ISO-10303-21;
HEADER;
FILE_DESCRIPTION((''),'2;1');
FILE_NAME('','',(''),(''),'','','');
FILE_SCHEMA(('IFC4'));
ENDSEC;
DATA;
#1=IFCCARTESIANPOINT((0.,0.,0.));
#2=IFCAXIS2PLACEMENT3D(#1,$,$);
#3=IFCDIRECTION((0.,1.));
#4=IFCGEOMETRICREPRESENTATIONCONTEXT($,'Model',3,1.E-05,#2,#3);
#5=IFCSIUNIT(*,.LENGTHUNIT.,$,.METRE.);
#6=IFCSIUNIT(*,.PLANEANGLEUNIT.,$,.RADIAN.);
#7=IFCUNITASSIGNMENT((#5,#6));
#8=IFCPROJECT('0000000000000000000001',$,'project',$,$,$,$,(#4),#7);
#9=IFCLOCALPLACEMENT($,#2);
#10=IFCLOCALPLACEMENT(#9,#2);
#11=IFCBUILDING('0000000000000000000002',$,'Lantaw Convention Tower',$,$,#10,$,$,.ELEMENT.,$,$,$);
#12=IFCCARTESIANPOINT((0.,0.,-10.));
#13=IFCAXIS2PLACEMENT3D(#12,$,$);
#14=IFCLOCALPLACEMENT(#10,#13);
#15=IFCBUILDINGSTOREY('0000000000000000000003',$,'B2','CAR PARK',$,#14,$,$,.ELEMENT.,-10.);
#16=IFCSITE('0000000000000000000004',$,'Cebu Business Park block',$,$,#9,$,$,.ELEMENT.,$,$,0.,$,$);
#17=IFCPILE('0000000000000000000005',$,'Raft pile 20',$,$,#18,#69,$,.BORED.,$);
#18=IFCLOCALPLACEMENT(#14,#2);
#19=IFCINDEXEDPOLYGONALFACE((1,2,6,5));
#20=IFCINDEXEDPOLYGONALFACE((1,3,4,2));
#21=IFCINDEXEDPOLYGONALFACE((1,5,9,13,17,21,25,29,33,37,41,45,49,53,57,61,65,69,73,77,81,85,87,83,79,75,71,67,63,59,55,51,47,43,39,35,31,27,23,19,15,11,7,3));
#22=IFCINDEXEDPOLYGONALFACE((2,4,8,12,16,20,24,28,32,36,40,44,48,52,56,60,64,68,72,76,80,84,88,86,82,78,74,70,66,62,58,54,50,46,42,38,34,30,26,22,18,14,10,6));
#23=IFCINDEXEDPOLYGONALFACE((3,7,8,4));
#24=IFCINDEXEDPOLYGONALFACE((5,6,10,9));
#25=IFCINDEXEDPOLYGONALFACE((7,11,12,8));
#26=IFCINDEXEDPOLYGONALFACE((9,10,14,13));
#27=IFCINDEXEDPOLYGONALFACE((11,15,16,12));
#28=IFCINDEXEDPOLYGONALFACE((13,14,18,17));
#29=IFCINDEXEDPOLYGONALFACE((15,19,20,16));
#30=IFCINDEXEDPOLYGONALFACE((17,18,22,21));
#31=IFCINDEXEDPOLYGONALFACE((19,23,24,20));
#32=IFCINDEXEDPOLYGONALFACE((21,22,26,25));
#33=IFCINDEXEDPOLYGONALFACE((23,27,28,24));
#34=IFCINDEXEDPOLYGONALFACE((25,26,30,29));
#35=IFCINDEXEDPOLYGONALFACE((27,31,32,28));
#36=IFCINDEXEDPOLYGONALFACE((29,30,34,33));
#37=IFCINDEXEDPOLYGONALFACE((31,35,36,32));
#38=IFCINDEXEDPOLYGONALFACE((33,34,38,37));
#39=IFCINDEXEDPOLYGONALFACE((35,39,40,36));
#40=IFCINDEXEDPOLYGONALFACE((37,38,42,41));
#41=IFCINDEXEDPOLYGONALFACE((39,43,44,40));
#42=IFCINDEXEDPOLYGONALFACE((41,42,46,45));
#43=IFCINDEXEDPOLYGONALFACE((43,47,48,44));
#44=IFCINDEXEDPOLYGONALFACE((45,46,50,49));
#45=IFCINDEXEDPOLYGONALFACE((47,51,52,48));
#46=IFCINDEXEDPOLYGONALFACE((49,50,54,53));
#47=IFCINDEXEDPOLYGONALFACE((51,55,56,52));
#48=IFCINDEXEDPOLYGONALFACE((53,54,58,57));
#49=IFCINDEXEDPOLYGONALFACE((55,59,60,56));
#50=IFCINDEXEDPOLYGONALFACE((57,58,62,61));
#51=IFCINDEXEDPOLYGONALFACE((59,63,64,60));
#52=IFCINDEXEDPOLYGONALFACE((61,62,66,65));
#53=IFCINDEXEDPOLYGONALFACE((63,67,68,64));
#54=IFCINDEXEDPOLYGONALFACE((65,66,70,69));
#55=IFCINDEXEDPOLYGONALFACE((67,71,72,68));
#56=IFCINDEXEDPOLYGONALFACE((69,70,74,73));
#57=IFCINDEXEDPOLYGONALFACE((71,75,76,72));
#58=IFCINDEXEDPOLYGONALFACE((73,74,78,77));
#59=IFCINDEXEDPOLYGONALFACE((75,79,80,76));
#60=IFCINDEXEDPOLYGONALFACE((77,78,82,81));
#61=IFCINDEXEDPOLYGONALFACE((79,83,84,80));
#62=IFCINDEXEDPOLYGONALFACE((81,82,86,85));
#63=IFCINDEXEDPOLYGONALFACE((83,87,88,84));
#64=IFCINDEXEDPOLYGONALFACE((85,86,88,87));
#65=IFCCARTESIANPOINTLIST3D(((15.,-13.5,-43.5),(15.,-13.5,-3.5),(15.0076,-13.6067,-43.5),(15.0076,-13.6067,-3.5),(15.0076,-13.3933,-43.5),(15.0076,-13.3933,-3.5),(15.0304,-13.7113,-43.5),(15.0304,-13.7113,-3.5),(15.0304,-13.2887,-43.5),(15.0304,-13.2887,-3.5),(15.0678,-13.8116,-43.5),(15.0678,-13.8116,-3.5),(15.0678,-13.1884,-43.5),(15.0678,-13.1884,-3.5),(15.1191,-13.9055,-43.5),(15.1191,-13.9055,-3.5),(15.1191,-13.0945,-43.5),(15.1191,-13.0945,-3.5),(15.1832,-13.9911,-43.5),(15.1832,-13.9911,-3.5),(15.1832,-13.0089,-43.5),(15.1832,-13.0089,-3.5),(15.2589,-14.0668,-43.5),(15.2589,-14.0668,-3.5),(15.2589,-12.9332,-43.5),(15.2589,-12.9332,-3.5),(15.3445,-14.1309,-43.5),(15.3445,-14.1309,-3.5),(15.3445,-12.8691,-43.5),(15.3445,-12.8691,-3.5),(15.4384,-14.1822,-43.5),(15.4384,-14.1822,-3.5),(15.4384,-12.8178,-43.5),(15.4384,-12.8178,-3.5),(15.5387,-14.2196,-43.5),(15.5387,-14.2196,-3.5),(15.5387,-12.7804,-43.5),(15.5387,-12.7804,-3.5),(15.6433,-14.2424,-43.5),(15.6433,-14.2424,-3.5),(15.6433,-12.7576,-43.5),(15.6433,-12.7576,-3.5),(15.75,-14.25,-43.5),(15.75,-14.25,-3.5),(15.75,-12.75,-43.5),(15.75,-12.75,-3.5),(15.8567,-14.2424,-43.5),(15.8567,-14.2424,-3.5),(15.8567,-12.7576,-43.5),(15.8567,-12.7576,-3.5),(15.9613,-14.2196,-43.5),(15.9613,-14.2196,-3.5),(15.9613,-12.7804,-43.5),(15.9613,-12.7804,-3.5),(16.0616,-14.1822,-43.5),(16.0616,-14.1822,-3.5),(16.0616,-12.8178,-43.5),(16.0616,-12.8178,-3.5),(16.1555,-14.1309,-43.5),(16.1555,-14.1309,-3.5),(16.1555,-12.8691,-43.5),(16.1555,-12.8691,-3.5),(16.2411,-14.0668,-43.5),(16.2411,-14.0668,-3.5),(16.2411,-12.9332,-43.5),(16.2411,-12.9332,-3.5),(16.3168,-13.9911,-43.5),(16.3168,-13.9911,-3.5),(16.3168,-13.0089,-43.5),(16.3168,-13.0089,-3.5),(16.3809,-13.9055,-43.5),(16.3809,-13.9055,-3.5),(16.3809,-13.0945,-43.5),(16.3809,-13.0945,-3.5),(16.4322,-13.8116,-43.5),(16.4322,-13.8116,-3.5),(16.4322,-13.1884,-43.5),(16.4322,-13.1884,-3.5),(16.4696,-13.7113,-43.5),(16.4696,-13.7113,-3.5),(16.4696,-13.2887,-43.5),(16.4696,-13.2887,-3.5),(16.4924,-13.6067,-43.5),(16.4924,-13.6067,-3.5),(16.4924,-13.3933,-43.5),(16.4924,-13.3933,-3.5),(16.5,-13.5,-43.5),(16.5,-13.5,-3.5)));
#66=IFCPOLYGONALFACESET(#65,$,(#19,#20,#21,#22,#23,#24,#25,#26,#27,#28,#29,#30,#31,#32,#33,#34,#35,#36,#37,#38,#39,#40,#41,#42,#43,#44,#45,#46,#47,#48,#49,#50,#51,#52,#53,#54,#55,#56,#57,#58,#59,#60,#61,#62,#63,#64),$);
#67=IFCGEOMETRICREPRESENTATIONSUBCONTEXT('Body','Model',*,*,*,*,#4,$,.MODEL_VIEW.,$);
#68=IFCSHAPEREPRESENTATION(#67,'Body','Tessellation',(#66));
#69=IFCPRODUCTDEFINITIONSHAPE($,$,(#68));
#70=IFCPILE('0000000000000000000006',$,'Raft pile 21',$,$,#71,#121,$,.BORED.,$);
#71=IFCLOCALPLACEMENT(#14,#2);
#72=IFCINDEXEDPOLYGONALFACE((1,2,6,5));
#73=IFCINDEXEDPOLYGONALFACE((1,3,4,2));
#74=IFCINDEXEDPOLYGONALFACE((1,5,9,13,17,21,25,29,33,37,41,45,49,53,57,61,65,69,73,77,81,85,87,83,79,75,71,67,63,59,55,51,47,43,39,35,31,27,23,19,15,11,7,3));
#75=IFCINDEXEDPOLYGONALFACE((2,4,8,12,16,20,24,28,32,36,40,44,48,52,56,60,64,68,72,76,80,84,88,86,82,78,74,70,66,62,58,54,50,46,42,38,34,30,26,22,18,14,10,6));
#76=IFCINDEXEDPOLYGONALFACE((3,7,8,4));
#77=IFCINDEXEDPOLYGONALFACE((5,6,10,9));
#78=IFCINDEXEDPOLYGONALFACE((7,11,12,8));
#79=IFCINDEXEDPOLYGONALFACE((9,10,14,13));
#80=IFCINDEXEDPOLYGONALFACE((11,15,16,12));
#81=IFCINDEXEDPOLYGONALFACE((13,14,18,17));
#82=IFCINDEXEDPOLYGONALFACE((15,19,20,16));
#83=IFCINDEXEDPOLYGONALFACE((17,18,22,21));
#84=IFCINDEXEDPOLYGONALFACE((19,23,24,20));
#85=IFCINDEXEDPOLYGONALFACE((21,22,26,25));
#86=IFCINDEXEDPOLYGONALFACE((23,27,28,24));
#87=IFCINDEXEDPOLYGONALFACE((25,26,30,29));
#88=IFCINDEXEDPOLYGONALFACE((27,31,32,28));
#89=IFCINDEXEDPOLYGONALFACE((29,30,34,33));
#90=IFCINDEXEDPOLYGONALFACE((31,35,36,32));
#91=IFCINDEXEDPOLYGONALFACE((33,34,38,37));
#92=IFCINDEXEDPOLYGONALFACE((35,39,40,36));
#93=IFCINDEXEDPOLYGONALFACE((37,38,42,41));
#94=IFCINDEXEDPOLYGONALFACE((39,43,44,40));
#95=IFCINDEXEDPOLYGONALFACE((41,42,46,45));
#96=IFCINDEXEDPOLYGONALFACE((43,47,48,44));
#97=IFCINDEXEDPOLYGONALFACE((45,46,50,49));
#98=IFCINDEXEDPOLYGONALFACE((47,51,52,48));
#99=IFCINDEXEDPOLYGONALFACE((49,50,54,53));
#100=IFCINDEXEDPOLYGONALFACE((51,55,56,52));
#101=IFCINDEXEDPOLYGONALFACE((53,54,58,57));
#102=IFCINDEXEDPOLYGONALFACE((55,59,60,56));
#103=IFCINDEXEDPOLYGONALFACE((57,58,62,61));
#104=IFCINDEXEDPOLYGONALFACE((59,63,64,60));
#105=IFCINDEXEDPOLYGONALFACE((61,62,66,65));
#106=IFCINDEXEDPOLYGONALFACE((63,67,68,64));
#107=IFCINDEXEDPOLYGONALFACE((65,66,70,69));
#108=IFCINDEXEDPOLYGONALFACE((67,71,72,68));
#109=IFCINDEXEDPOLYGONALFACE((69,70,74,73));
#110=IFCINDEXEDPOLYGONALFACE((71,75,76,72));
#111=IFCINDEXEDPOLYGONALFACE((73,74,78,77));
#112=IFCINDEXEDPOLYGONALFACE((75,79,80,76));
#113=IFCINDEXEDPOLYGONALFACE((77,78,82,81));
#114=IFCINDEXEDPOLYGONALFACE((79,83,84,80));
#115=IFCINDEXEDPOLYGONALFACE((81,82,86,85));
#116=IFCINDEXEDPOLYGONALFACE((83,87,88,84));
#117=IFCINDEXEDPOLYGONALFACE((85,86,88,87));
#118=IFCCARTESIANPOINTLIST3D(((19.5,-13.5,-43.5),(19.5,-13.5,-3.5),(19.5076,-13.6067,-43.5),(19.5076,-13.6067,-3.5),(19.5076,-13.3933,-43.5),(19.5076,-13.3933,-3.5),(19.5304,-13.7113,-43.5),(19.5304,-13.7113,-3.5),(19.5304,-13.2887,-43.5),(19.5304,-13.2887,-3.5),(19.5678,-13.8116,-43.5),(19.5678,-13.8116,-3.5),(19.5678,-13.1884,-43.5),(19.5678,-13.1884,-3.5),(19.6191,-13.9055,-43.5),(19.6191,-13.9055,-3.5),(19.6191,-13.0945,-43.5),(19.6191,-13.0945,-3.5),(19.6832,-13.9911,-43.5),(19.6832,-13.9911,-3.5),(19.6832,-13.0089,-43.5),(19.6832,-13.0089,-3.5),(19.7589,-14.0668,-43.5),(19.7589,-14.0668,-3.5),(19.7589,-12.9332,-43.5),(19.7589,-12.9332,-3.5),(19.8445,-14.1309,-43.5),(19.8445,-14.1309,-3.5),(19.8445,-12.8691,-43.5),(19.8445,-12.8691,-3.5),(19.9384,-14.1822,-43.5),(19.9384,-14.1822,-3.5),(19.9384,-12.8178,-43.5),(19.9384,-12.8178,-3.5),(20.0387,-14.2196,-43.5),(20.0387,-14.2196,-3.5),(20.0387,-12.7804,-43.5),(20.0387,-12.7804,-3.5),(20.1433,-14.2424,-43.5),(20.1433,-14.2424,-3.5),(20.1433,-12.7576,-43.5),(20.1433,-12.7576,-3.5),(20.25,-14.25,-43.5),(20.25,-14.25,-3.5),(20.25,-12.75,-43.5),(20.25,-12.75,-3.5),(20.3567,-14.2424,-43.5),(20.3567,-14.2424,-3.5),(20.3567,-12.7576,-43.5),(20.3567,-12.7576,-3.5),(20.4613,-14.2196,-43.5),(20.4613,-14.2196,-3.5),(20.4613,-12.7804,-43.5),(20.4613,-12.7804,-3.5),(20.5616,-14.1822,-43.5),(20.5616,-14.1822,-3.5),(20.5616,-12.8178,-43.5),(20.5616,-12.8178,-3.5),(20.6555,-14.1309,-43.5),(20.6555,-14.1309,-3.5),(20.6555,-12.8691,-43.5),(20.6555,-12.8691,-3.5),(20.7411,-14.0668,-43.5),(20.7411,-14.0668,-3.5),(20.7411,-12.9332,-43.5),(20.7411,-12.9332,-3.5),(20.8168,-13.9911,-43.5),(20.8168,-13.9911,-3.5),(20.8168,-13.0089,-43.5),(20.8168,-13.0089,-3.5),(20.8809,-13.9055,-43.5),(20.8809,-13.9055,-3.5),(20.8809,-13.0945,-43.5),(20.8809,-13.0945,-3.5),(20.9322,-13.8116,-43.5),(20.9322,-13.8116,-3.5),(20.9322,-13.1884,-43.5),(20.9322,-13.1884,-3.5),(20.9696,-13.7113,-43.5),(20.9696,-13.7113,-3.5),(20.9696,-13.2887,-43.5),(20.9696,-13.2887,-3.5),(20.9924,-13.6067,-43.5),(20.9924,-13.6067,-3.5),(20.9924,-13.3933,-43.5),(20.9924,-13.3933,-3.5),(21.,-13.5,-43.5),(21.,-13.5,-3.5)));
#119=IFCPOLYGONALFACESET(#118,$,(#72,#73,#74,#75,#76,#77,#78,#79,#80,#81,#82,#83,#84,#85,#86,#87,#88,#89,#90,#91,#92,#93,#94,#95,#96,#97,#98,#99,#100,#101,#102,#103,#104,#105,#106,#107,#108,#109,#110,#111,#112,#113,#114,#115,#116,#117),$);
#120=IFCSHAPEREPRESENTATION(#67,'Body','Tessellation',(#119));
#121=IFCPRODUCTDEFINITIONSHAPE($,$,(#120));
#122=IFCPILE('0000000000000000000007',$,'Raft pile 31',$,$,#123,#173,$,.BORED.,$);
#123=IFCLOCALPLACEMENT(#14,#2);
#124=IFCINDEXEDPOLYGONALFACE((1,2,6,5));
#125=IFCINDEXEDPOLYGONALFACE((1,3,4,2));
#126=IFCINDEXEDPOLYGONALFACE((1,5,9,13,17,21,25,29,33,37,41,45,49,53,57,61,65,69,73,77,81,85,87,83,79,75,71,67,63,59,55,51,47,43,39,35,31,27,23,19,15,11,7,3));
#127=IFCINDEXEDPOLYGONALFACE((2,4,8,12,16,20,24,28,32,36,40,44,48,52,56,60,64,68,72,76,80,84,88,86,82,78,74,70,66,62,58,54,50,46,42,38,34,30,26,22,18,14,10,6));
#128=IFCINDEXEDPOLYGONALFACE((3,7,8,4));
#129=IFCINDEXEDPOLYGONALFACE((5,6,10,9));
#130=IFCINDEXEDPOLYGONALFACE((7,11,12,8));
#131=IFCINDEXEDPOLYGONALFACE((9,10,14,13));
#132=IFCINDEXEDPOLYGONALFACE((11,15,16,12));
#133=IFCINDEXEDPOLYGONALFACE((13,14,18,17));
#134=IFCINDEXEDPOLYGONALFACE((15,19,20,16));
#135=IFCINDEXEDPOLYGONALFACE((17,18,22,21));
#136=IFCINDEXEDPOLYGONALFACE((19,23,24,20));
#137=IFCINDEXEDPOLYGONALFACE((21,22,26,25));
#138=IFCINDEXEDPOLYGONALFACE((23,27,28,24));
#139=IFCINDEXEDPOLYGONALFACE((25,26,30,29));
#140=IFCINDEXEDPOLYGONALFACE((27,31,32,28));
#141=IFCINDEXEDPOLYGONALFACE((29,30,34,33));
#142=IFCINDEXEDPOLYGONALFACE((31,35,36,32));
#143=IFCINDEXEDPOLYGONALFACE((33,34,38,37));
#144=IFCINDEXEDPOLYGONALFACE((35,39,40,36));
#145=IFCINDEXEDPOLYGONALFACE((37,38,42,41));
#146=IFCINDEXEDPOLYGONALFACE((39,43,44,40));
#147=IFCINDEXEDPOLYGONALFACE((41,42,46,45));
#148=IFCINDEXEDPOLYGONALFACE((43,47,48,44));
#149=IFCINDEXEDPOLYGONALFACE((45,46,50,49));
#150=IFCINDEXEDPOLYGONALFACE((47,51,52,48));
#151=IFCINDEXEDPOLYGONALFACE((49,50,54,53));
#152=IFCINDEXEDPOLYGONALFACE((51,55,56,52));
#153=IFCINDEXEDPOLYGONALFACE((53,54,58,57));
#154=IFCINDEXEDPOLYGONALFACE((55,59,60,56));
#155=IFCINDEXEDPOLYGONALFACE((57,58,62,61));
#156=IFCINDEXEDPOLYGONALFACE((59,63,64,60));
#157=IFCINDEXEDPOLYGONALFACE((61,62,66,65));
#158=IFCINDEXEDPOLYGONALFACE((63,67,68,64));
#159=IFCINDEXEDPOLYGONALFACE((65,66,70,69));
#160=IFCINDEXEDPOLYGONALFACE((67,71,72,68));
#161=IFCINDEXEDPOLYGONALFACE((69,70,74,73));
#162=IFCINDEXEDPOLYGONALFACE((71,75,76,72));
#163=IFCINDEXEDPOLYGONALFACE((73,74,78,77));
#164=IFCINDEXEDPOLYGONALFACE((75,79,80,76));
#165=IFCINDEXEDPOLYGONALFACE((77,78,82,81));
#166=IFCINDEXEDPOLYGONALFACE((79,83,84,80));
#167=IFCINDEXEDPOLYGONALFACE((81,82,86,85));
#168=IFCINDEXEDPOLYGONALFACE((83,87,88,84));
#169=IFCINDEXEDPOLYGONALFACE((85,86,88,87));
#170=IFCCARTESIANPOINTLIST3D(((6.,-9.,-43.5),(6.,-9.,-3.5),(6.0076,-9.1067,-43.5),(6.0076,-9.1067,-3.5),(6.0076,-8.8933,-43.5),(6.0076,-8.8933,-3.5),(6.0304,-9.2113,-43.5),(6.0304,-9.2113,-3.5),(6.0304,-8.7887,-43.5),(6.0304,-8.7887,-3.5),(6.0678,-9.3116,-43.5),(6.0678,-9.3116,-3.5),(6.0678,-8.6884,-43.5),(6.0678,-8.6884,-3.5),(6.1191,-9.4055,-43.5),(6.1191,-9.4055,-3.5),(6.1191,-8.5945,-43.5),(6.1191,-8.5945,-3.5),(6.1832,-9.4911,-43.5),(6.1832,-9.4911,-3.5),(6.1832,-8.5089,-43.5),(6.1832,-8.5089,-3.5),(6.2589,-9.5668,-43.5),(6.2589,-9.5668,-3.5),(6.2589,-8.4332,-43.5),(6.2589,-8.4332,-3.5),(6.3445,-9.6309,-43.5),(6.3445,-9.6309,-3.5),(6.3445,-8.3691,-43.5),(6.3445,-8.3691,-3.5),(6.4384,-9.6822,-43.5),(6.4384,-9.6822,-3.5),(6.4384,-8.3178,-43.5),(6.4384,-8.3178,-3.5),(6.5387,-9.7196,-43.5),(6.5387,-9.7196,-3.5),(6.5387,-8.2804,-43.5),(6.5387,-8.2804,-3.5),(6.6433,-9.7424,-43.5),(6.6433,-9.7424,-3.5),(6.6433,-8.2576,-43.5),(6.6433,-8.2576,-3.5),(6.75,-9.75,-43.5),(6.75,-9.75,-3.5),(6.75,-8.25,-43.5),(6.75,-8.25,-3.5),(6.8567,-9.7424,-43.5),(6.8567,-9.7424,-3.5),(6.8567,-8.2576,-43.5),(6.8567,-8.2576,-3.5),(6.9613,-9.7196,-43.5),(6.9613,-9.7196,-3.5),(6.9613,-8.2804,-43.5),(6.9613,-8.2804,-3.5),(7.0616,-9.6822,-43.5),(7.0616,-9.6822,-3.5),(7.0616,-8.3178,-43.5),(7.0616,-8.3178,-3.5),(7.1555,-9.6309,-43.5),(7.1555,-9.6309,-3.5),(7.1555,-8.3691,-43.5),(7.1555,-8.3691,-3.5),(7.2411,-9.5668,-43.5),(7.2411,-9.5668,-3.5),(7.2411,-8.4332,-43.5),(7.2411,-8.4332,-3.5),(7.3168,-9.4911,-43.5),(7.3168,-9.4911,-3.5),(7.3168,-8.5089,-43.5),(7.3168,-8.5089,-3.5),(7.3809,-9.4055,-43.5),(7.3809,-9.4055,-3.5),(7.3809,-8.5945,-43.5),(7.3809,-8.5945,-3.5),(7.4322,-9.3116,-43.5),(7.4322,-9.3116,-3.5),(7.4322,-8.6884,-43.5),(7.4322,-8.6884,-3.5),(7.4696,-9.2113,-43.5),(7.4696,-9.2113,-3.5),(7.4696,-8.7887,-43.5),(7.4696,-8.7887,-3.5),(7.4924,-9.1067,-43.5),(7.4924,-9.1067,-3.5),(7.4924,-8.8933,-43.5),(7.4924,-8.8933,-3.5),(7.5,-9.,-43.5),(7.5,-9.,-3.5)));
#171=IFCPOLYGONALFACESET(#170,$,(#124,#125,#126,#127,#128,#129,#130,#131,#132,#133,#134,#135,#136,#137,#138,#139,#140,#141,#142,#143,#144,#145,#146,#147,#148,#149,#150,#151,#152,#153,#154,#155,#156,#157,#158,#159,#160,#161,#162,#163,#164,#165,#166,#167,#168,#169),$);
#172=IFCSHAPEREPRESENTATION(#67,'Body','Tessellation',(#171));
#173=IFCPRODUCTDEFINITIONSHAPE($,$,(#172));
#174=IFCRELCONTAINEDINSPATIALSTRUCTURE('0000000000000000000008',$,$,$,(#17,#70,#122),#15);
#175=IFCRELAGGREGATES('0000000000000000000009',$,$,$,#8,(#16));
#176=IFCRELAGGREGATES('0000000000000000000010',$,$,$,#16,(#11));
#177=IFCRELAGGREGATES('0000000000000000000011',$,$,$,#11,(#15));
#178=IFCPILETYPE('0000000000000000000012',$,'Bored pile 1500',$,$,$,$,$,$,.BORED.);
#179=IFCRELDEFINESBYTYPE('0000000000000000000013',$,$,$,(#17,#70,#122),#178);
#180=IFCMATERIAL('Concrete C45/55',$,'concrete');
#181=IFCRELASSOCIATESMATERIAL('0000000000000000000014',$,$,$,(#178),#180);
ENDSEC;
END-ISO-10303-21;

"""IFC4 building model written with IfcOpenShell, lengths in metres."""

from ifc_helpers import new_model, si_unit, direction, frame, origin, origin_2d, place, context, subcontext, project, spatial, circle, extrude, material, material_profile, profile_set, type_object, element, save


model = new_model("IFC4")

# Units and contexts
model_context = context("Model", 3, precision=1e-05, world=origin(), true_north=direction((0.0, 1.0)))
body_context = subcontext(model_context, "Body", "Model", "MODEL_VIEW")
ifc_project = project(units=[si_unit("LENGTHUNIT", "METRE"), si_unit("PLANEANGLEUNIT", "RADIAN")], contexts=[model_context])

# Site, building, storey
site_placement = place(None, origin())
site = spatial("IfcSite", under=ifc_project, at=site_placement, Name="Cebu Business Park block", CompositionType="ELEMENT", RefElevation=0.0)
building_placement = place(site_placement, origin())
building = spatial("IfcBuilding", under=site, at=building_placement, Name="Lantaw Convention Tower", CompositionType="ELEMENT")
storey_placement = place(building_placement, frame((0.0, 0.0, -10.0)))
storey = spatial("IfcBuildingStorey", under=building, at=storey_placement, Name="B2", Description="CAR PARK", CompositionType="ELEMENT", Elevation=-10.0)

# Piles
ifc_material_1 = material(Name="Concrete C45/55", Category="concrete")
ifc_material_profile_1 = material_profile(ifc_material_1, circle(Radius=0.75, at=origin_2d()), Name="Bored pile 1500")
ifc_profile_set_1 = profile_set([ifc_material_profile_1], Name="Concrete C45/55")
pile_type_1 = type_object("IfcPileType", Name="Bored pile 1500", PredefinedType="BORED", material=ifc_profile_set_1)
for number, where, z_axis, x_axis, name in (
    (1, (15.75, -13.5, -3.5), (0.0, 0.0, -1.0), (1.0, 0.0, 0.0), "Raft pile 20"),
    (2, (20.25, -13.5, -3.5), (0.0, 0.0, -1.0), (1.0, 0.0, 0.0), "Raft pile 21"),
    (3, (6.75, -9.0, -3.5), (0.0, 0.0, -1.0), (1.0, 0.0, 0.0), "Raft pile 31"),
):
    element("IfcPile", number, at=place(storey_placement, frame(where, z_axis=z_axis, x_axis=x_axis)), inside=storey, type_object=pile_type_1, Name=name, PredefinedType="BORED", context=body_context, shape_type="SweptSolid", body=[
        extrude(circle(Radius=0.75, at=origin_2d()), origin(), (0.0, 0.0, 1.0), 40.0),
    ])

save(model, "model.ifc")
